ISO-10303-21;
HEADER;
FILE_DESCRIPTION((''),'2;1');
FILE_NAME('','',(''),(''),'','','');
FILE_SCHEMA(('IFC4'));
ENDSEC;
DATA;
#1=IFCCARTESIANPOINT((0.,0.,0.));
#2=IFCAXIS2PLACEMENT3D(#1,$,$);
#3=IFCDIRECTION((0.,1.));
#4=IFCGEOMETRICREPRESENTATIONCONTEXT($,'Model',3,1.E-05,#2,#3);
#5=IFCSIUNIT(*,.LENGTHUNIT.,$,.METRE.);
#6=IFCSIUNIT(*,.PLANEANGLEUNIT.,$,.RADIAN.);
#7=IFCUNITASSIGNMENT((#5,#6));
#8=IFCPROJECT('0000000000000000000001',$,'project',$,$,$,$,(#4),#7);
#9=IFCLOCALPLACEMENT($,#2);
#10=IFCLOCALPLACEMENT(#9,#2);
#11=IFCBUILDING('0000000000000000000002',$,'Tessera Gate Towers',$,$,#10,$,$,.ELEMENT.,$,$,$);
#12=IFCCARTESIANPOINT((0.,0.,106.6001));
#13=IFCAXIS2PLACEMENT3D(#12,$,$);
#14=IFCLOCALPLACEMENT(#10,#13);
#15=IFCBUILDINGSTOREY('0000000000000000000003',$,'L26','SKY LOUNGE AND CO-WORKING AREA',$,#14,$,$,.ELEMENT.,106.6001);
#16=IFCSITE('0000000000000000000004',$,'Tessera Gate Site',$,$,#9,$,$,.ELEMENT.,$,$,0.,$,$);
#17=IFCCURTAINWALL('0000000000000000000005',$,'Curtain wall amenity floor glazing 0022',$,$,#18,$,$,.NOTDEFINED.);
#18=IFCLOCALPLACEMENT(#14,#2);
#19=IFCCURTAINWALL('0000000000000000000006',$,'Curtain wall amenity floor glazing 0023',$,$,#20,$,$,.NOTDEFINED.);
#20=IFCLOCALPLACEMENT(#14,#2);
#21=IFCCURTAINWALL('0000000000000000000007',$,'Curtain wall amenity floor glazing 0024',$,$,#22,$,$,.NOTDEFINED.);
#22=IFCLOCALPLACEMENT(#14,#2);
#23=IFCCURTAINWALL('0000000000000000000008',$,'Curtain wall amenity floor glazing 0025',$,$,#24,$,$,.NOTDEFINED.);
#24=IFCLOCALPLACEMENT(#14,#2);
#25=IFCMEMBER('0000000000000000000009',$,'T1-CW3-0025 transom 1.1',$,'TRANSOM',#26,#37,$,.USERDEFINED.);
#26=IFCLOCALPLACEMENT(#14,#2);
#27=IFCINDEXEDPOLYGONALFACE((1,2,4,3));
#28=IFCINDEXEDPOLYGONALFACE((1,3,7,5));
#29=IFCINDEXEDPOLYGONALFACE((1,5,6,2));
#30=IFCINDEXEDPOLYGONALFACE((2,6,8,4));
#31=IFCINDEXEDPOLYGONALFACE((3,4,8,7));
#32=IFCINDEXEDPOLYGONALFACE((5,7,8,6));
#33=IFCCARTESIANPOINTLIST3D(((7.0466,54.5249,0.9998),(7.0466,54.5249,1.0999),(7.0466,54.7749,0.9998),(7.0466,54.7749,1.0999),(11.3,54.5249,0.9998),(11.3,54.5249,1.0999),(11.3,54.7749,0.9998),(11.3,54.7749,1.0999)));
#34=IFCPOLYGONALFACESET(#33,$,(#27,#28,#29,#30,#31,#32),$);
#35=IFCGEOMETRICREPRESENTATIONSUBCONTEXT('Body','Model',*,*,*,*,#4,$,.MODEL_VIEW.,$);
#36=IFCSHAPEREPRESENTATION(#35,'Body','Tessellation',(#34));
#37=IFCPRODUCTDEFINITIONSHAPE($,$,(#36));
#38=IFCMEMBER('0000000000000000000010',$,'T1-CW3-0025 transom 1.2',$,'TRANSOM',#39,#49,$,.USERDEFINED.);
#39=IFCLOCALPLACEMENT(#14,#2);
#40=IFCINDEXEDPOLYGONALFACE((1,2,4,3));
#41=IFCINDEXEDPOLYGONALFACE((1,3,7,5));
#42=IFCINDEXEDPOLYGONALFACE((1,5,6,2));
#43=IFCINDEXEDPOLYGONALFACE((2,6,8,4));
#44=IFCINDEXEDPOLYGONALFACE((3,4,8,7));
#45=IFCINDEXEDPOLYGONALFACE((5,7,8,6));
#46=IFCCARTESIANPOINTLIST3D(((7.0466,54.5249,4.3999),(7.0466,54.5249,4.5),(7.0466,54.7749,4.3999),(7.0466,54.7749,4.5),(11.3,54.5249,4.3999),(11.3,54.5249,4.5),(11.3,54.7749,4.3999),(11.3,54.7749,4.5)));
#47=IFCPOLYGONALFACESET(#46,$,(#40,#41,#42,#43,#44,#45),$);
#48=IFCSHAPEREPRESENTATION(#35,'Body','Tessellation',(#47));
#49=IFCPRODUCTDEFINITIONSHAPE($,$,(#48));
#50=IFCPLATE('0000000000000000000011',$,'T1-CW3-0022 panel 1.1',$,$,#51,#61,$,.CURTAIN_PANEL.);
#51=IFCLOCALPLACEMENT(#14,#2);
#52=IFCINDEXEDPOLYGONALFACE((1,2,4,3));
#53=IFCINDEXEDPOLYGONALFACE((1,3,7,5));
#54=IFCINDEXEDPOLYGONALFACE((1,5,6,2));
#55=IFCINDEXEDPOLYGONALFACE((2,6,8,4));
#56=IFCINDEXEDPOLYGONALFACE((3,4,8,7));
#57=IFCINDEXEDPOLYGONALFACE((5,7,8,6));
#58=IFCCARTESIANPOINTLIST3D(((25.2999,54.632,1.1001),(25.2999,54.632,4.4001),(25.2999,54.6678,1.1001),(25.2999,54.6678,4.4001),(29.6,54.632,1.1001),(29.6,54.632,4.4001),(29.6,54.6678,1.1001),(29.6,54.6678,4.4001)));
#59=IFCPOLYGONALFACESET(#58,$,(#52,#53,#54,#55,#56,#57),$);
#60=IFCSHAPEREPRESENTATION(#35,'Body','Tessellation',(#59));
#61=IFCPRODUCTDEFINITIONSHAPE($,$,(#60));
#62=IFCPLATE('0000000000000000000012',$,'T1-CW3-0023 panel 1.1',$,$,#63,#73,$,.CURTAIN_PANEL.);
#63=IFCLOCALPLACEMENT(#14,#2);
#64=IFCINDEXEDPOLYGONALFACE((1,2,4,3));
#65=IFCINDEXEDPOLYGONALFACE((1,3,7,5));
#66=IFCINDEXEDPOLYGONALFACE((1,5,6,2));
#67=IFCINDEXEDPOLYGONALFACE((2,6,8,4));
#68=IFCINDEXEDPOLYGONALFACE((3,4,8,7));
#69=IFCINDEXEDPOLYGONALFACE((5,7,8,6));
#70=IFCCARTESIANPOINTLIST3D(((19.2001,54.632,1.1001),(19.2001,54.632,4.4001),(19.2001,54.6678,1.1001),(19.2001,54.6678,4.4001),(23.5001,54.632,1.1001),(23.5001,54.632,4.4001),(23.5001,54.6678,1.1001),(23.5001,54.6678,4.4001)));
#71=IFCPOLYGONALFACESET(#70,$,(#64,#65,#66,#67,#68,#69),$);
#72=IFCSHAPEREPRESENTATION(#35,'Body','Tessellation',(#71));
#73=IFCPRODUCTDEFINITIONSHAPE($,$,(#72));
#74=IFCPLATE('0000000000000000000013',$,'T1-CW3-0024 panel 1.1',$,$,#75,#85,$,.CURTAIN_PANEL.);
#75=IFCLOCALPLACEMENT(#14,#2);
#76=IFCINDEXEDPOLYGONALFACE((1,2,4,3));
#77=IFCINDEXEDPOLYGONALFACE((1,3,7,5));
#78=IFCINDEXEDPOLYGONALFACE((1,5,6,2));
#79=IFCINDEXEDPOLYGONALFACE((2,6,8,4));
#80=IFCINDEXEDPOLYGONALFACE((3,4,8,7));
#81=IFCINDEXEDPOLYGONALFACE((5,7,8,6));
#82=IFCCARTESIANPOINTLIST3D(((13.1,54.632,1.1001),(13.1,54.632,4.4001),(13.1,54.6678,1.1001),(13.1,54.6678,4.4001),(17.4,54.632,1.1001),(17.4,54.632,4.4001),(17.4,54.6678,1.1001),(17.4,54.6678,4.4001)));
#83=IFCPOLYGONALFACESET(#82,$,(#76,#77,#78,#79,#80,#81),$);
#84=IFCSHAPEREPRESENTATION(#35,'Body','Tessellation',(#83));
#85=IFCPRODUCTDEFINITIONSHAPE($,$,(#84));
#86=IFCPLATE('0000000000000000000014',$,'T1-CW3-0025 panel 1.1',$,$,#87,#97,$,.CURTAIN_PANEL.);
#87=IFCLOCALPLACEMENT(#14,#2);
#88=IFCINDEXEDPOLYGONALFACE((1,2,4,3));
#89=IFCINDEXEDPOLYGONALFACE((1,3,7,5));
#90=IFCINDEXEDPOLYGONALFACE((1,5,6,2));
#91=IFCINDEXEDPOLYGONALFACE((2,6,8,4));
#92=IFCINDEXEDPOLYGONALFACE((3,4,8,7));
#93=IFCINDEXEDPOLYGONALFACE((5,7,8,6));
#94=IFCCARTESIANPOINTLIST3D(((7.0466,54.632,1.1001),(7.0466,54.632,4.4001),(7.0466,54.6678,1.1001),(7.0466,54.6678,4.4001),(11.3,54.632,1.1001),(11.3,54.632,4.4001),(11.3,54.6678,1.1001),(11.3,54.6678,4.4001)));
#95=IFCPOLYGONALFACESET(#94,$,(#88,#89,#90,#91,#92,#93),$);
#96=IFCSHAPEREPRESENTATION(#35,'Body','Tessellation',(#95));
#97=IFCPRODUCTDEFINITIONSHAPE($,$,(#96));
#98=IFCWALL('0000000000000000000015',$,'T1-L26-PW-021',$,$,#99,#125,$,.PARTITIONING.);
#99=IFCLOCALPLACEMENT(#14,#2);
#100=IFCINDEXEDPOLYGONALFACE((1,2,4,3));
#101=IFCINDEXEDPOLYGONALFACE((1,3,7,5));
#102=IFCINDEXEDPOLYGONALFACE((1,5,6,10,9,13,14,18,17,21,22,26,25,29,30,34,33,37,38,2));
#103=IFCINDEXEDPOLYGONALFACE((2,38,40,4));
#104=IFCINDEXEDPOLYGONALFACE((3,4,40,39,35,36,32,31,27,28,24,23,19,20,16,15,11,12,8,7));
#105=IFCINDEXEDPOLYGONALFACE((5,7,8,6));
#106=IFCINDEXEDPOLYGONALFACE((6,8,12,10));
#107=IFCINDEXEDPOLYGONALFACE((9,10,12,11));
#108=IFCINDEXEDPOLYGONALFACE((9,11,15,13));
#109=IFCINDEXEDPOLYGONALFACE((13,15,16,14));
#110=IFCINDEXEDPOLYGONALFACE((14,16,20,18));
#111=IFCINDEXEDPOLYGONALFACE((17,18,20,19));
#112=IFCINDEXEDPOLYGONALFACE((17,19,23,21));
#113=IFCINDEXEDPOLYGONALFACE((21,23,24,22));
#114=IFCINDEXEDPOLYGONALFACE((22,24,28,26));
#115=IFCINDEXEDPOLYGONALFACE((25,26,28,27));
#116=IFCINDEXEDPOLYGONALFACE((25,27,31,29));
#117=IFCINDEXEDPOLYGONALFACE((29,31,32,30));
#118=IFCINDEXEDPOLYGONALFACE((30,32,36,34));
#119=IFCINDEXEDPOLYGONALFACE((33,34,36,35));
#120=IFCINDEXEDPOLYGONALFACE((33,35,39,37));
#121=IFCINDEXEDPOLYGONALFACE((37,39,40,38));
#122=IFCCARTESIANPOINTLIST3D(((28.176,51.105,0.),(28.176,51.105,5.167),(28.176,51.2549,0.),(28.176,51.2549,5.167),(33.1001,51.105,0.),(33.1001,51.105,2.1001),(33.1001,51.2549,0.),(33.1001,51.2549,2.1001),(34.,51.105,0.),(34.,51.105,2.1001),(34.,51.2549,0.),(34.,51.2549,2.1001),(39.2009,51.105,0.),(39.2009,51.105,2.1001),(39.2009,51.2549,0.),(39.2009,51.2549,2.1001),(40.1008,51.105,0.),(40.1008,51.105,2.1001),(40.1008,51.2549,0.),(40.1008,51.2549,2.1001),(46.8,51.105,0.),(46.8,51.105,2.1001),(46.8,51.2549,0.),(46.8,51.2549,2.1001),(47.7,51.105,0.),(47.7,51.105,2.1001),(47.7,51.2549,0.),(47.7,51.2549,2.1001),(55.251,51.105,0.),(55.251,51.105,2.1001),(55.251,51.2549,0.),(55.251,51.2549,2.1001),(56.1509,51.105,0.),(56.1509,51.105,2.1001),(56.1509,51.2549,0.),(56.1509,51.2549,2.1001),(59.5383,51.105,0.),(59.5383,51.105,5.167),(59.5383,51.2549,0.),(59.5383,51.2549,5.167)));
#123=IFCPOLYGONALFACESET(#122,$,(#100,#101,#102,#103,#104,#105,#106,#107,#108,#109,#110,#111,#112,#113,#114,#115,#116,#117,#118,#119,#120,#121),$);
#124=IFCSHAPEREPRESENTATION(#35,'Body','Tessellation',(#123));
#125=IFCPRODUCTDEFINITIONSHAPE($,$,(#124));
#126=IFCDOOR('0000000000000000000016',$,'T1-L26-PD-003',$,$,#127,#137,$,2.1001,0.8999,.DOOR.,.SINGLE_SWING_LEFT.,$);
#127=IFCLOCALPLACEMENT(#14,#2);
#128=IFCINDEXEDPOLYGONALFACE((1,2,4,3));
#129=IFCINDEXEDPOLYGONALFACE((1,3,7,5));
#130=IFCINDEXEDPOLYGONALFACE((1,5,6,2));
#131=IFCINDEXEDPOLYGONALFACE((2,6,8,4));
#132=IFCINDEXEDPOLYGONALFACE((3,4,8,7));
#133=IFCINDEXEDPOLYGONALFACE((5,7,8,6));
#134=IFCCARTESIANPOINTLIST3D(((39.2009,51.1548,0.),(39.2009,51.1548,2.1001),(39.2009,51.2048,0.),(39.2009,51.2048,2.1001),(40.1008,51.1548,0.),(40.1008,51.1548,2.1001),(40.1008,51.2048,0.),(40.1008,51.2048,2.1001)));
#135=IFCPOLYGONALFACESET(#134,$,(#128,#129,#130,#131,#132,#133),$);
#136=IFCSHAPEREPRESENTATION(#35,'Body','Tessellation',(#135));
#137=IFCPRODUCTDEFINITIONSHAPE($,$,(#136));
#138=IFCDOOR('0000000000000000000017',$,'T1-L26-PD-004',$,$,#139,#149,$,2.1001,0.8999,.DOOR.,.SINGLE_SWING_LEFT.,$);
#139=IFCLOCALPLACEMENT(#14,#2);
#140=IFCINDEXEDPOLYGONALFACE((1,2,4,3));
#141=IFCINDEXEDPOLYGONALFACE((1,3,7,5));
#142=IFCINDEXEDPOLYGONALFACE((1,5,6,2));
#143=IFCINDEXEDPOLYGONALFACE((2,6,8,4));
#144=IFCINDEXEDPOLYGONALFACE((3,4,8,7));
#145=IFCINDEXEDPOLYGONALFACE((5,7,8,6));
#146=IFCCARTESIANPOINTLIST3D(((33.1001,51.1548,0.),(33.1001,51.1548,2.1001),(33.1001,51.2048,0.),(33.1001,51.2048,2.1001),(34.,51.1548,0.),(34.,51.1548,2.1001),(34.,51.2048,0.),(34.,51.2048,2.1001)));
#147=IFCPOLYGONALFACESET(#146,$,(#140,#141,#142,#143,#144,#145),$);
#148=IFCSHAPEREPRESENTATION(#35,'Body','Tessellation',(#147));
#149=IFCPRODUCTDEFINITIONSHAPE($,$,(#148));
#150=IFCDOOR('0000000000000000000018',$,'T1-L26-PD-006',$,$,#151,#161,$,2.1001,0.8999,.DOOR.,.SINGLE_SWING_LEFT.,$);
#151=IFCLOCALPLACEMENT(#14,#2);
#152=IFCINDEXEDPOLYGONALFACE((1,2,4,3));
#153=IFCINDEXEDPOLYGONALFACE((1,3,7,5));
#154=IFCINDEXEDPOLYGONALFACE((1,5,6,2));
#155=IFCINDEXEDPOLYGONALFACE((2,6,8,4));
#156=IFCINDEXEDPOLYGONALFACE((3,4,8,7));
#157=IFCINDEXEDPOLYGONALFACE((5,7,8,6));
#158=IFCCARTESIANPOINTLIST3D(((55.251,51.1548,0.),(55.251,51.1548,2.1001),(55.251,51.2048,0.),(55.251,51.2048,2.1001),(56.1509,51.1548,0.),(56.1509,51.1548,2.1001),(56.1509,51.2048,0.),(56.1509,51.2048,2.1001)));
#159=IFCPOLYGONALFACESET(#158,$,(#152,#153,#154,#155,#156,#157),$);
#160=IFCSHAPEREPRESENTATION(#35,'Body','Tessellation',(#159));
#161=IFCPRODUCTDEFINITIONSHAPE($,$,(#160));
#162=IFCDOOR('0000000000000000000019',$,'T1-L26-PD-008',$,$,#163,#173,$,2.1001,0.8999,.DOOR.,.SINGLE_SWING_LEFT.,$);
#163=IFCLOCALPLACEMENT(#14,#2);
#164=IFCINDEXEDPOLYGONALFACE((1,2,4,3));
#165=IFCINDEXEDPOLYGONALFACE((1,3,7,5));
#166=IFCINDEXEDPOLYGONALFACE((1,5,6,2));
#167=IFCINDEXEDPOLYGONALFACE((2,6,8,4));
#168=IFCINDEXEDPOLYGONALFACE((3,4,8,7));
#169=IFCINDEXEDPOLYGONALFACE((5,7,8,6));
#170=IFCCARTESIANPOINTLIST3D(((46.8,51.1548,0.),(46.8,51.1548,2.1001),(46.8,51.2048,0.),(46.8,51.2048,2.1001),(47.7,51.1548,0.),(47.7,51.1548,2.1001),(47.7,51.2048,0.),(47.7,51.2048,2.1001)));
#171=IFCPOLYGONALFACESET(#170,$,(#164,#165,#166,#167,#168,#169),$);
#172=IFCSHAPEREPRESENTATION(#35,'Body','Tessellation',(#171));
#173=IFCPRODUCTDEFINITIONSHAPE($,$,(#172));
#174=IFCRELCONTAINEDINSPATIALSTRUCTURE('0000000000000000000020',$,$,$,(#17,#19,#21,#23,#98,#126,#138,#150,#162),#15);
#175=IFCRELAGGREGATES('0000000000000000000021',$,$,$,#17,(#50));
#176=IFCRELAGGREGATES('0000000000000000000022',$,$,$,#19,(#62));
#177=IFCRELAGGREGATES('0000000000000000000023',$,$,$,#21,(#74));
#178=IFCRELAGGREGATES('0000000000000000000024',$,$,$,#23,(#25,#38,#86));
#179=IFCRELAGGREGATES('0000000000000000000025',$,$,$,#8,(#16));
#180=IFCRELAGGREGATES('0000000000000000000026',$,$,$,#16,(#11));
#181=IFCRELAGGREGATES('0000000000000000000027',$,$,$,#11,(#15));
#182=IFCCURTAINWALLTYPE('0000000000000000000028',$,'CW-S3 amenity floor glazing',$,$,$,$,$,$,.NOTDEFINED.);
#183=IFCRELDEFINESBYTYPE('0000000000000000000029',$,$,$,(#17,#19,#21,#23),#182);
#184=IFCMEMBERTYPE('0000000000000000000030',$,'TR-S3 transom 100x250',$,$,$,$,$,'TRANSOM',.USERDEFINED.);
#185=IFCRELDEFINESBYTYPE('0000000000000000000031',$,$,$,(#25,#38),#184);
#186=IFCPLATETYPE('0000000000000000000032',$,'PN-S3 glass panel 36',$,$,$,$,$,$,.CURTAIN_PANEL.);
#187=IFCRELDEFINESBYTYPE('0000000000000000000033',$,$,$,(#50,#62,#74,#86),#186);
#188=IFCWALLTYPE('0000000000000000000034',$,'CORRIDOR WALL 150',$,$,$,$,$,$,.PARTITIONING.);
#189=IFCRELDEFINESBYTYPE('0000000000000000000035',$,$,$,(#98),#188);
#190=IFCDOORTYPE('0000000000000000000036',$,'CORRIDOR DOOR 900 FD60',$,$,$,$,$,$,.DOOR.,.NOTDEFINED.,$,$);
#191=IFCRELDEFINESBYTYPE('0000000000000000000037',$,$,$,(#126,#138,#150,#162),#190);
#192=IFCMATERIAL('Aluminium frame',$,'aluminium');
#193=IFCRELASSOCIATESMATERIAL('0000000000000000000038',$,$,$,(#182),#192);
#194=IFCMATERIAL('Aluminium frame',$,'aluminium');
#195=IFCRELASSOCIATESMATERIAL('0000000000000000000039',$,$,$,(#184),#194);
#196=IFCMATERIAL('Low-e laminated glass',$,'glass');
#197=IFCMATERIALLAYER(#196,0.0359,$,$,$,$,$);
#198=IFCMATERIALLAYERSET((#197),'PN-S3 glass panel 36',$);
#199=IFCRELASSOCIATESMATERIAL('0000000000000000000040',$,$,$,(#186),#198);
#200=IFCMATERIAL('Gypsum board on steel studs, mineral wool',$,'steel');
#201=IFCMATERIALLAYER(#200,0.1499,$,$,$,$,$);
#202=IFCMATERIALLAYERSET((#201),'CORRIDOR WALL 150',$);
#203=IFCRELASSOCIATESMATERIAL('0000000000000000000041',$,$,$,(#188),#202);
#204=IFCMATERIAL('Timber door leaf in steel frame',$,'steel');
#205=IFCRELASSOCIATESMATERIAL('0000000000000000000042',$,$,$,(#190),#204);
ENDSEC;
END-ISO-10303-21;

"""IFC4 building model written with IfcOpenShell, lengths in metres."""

from ifc_helpers import new_model, si_unit, direction, frame, frame_2d, origin, origin_2d, place, context, subcontext, project, spatial, rectangle, extrude, source, transform, mapped, material, layer, layer_set, material_profile, profile_set, type_object, element, fill, aggregate, save


model = new_model("IFC4")

# Units and contexts
model_context = context("Model", 3, precision=1e-05, world=origin(), true_north=direction((0.0, 1.0)))
body_context = subcontext(model_context, "Body", "Model", "MODEL_VIEW")
ifc_project = project(units=[si_unit("LENGTHUNIT", "METRE"), si_unit("PLANEANGLEUNIT", "RADIAN")], contexts=[model_context])

# Site, building, storey
site_placement = place(None, origin())
site = spatial("IfcSite", under=ifc_project, at=site_placement, Name="Tessera Gate Site", CompositionType="ELEMENT", RefElevation=0.0)
building_placement = place(site_placement, origin())
building = spatial("IfcBuilding", under=site, at=building_placement, Name="Tessera Gate Towers", CompositionType="ELEMENT")
storey_placement = place(building_placement, frame((0.0, 0.0, 106.6001)))
storey = spatial("IfcBuildingStorey", under=building, at=storey_placement, Name="L26", Description="SKY LOUNGE AND CO-WORKING AREA", CompositionType="ELEMENT", Elevation=106.6001)

# Curtain walls
ifc_material_1 = material(Name="Aluminium frame", Category="aluminium")
curtain_wall_type = type_object("IfcCurtainWallType", Name="CW-S3 amenity floor glazing", PredefinedType="NOTDEFINED", material=ifc_material_1)
curtain_wall_1_placement = place(storey_placement, origin())
curtain_wall_1 = element("IfcCurtainWall", 1, at=curtain_wall_1_placement, inside=storey, type_object=curtain_wall_type, Name="Curtain wall amenity floor glazing 0022", PredefinedType="NOTDEFINED")
curtain_wall_2_placement = place(storey_placement, origin())
curtain_wall_2 = element("IfcCurtainWall", 2, at=curtain_wall_2_placement, inside=storey, type_object=curtain_wall_type, Name="Curtain wall amenity floor glazing 0023", PredefinedType="NOTDEFINED")
curtain_wall_3_placement = place(storey_placement, origin())
curtain_wall_3 = element("IfcCurtainWall", 3, at=curtain_wall_3_placement, inside=storey, type_object=curtain_wall_type, Name="Curtain wall amenity floor glazing 0024", PredefinedType="NOTDEFINED")

# Curtain wall
curtain_wall_4_placement = place(storey_placement, origin())
curtain_wall_4 = element("IfcCurtainWall", 4, at=curtain_wall_4_placement, inside=storey, type_object=curtain_wall_type, Name="Curtain wall amenity floor glazing 0025", PredefinedType="NOTDEFINED")

# Members
ifc_material_2 = material(Name="Aluminium frame", Category="aluminium")
ifc_material_profile_1 = material_profile(ifc_material_2, rectangle(XDim=0.25, YDim=0.1001, at=origin_2d()), Name="AL 100x250")
ifc_profile_set_1 = profile_set([ifc_material_profile_1], Name="Aluminium frame")
member_type_1 = type_object("IfcMemberType", Name="TR-S3 transom 100x250", ElementType="TRANSOM", PredefinedType="USERDEFINED", material=ifc_profile_set_1)
member_1_placement = place(storey_placement, frame((11.3, 54.6499, 1.0498), z_axis=(-1.0, 0.0, 0.0), x_axis=(0.0, -1.0, 0.0)))
member_1 = element("IfcMember", 5, at=member_1_placement, type_object=member_type_1, Name="T1-CW3-0025 transom 1.1", ObjectType="TRANSOM", PredefinedType="USERDEFINED", context=body_context, shape_type="SweptSolid", body=[
    extrude(rectangle(XDim=0.25, YDim=0.1001, at=origin_2d()), origin(), (0.0, 0.0, 1.0), 4.2534),
])
member_2_placement = place(storey_placement, frame((11.3, 54.6499, 4.45), z_axis=(-1.0, 0.0, 0.0), x_axis=(0.0, -1.0, 0.0)))
member_2 = element("IfcMember", 6, at=member_2_placement, type_object=member_type_1, Name="T1-CW3-0025 transom 1.2", ObjectType="TRANSOM", PredefinedType="USERDEFINED", context=body_context, shape_type="SweptSolid", body=[
    extrude(rectangle(XDim=0.25, YDim=0.1001, at=origin_2d()), origin(), (0.0, 0.0, 1.0), 4.2534),
])

# Plates
ifc_material_3 = material(Name="Low-e laminated glass", Category="glass")
ifc_layer_1 = layer(ifc_material_3, 0.0359)
ifc_layer_set_1 = layer_set([ifc_layer_1], Name="PN-S3 glass panel 36")
plate_type = type_object("IfcPlateType", Name="PN-S3 glass panel 36", PredefinedType="CURTAIN_PANEL", material=ifc_layer_set_1)
plate_1_placement = place(storey_placement, frame((27.45, 54.6499, 1.1001), z_axis=(0.0, 0.0, 1.0), x_axis=(-1.0, 0.0, 0.0)))
plate_1 = element("IfcPlate", 7, at=plate_1_placement, type_object=plate_type, Name="T1-CW3-0022 panel 1.1", PredefinedType="CURTAIN_PANEL", context=body_context, shape_type="SweptSolid", body=[
    extrude(rectangle(XDim=4.3, YDim=0.0359, at=origin_2d()), origin(), (0.0, 0.0, 1.0), 3.3),
])
aggregate(curtain_wall_1, [plate_1])
plate_2_placement = place(storey_placement, frame((21.3501, 54.6499, 1.1001), z_axis=(0.0, 0.0, 1.0), x_axis=(-1.0, 0.0, 0.0)))
plate_2 = element("IfcPlate", 8, at=plate_2_placement, type_object=plate_type, Name="T1-CW3-0023 panel 1.1", PredefinedType="CURTAIN_PANEL", context=body_context, shape_type="SweptSolid", body=[
    extrude(rectangle(XDim=4.3, YDim=0.0359, at=origin_2d()), origin(), (0.0, 0.0, 1.0), 3.3),
])
aggregate(curtain_wall_2, [plate_2])
plate_3_placement = place(storey_placement, frame((15.25, 54.6499, 1.1001), z_axis=(0.0, 0.0, 1.0), x_axis=(-1.0, 0.0, 0.0)))
plate_3 = element("IfcPlate", 9, at=plate_3_placement, type_object=plate_type, Name="T1-CW3-0024 panel 1.1", PredefinedType="CURTAIN_PANEL", context=body_context, shape_type="SweptSolid", body=[
    extrude(rectangle(XDim=4.3, YDim=0.0359, at=origin_2d()), origin(), (0.0, 0.0, 1.0), 3.3),
])
aggregate(curtain_wall_3, [plate_3])
plate_4_placement = place(storey_placement, frame((9.1733, 54.6499, 1.1001), z_axis=(0.0, 0.0, 1.0), x_axis=(-1.0, 0.0, 0.0)))
plate_4 = element("IfcPlate", 10, at=plate_4_placement, type_object=plate_type, Name="T1-CW3-0025 panel 1.1", PredefinedType="CURTAIN_PANEL", context=body_context, shape_type="SweptSolid", body=[
    extrude(rectangle(XDim=4.2534, YDim=0.0359, at=origin_2d()), origin(), (0.0, 0.0, 1.0), 3.3),
])
aggregate(curtain_wall_4, [member_1, member_2, plate_4])

# Wall, openings, doors
ifc_material_4 = material(Name="Gypsum board on steel studs, mineral wool", Category="steel")
ifc_layer_2 = layer(ifc_material_4, 0.1499)
ifc_layer_set_2 = layer_set([ifc_layer_2], Name="CORRIDOR WALL 150")
wall_type_1 = type_object("IfcWallType", Name="CORRIDOR WALL 150", PredefinedType="PARTITIONING", material=ifc_layer_set_2)
wall_1_placement = place(storey_placement, frame((28.176, 51.1799, 0.0), z_axis=(0.0, 0.0, 1.0), x_axis=(1.0, 0.0, 0.0)))
wall_1 = element("IfcWall", 11, at=wall_1_placement, inside=storey, type_object=wall_type_1, Name="T1-L26-PW-021", PredefinedType="PARTITIONING", context=body_context, shape_type="SweptSolid", body=[
    extrude(rectangle(XDim=31.3623, YDim=0.1499, at=frame_2d((15.6812, 0.0))), origin(), (0.0, 0.0, 1.0), 5.167),
])
shared_shape_1 = source(origin(), body_context, "Body", "SweptSolid", [
    extrude(rectangle(XDim=0.8999, YDim=2.1001, at=frame_2d((0.45, 1.05))), frame((0.0, 0.085, 0.0), z_axis=(0.0, -1.0, 0.0), x_axis=(1.0, 0.0, 0.0)), (0.0, 0.0, 1.0), 0.1699),
])
opening_1_placement = place(wall_1_placement, frame((11.0249, 0.0, 0.0)))
opening_1 = element("IfcOpeningElement", 12, at=opening_1_placement, cuts=wall_1, PredefinedType="OPENING", context=body_context, shape_type="MappedRepresentation", body=[
    mapped(shared_shape_1, transform((0.0, 0.0, 0.0), scale=1.0)),
])
opening_2_placement = place(wall_1_placement, frame((4.9241, 0.0, 0.0)))
opening_2 = element("IfcOpeningElement", 13, at=opening_2_placement, cuts=wall_1, PredefinedType="OPENING", context=body_context, shape_type="MappedRepresentation", body=[
    mapped(shared_shape_1, transform((0.0, 0.0, 0.0), scale=1.0)),
])
opening_3_placement = place(wall_1_placement, frame((27.075, 0.0, 0.0)))
opening_3 = element("IfcOpeningElement", 14, at=opening_3_placement, cuts=wall_1, PredefinedType="OPENING", context=body_context, shape_type="MappedRepresentation", body=[
    mapped(shared_shape_1, transform((0.0, 0.0, 0.0), scale=1.0)),
])
opening_4_placement = place(wall_1_placement, frame((18.624, 0.0, 0.0)))
opening_4 = element("IfcOpeningElement", 15, at=opening_4_placement, cuts=wall_1, PredefinedType="OPENING", context=body_context, shape_type="MappedRepresentation", body=[
    mapped(shared_shape_1, transform((0.0, 0.0, 0.0), scale=1.0)),
])
ifc_material_5 = material(Name="Timber door leaf in steel frame", Category="steel")
door_type = type_object("IfcDoorType", Name="CORRIDOR DOOR 900 FD60", OperationType="NOTDEFINED", PredefinedType="DOOR", material=ifc_material_5)
shared_shape_2 = source(origin(), body_context, "Body", "SweptSolid", [
    extrude(rectangle(XDim=0.8999, YDim=2.1001, at=frame_2d((0.45, 1.05))), frame((0.0, 0.0249, 0.0), z_axis=(0.0, -1.0, 0.0), x_axis=(1.0, 0.0, 0.0)), (0.0, 0.0, 1.0), 0.05),
])
door_1_placement = place(opening_1_placement, origin())
door_1 = element("IfcDoor", 16, at=door_1_placement, inside=storey, type_object=door_type, Name="T1-L26-PD-003", OperationType="SINGLE_SWING_LEFT", OverallHeight=2.1001, OverallWidth=0.8999, PredefinedType="DOOR", context=body_context, shape_type="MappedRepresentation", body=[
    mapped(shared_shape_2, transform((0.0, 0.0, 0.0), scale=1.0)),
])
fill(opening_1, door_1)
door_2_placement = place(opening_2_placement, origin())
door_2 = element("IfcDoor", 17, at=door_2_placement, inside=storey, type_object=door_type, Name="T1-L26-PD-004", OperationType="SINGLE_SWING_LEFT", OverallHeight=2.1001, OverallWidth=0.8999, PredefinedType="DOOR", context=body_context, shape_type="MappedRepresentation", body=[
    mapped(shared_shape_2, transform((0.0, 0.0, 0.0), scale=1.0)),
])
fill(opening_2, door_2)
door_3_placement = place(opening_3_placement, origin())
door_3 = element("IfcDoor", 18, at=door_3_placement, inside=storey, type_object=door_type, Name="T1-L26-PD-006", OperationType="SINGLE_SWING_LEFT", OverallHeight=2.1001, OverallWidth=0.8999, PredefinedType="DOOR", context=body_context, shape_type="MappedRepresentation", body=[
    mapped(shared_shape_2, transform((0.0, 0.0, 0.0), scale=1.0)),
])
fill(opening_3, door_3)
door_4_placement = place(opening_4_placement, origin())
door_4 = element("IfcDoor", 19, at=door_4_placement, inside=storey, type_object=door_type, Name="T1-L26-PD-008", OperationType="SINGLE_SWING_LEFT", OverallHeight=2.1001, OverallWidth=0.8999, PredefinedType="DOOR", context=body_context, shape_type="MappedRepresentation", body=[
    mapped(shared_shape_2, transform((0.0, 0.0, 0.0), scale=1.0)),
])
fill(opening_4, door_4)

save(model, "model.ifc")
